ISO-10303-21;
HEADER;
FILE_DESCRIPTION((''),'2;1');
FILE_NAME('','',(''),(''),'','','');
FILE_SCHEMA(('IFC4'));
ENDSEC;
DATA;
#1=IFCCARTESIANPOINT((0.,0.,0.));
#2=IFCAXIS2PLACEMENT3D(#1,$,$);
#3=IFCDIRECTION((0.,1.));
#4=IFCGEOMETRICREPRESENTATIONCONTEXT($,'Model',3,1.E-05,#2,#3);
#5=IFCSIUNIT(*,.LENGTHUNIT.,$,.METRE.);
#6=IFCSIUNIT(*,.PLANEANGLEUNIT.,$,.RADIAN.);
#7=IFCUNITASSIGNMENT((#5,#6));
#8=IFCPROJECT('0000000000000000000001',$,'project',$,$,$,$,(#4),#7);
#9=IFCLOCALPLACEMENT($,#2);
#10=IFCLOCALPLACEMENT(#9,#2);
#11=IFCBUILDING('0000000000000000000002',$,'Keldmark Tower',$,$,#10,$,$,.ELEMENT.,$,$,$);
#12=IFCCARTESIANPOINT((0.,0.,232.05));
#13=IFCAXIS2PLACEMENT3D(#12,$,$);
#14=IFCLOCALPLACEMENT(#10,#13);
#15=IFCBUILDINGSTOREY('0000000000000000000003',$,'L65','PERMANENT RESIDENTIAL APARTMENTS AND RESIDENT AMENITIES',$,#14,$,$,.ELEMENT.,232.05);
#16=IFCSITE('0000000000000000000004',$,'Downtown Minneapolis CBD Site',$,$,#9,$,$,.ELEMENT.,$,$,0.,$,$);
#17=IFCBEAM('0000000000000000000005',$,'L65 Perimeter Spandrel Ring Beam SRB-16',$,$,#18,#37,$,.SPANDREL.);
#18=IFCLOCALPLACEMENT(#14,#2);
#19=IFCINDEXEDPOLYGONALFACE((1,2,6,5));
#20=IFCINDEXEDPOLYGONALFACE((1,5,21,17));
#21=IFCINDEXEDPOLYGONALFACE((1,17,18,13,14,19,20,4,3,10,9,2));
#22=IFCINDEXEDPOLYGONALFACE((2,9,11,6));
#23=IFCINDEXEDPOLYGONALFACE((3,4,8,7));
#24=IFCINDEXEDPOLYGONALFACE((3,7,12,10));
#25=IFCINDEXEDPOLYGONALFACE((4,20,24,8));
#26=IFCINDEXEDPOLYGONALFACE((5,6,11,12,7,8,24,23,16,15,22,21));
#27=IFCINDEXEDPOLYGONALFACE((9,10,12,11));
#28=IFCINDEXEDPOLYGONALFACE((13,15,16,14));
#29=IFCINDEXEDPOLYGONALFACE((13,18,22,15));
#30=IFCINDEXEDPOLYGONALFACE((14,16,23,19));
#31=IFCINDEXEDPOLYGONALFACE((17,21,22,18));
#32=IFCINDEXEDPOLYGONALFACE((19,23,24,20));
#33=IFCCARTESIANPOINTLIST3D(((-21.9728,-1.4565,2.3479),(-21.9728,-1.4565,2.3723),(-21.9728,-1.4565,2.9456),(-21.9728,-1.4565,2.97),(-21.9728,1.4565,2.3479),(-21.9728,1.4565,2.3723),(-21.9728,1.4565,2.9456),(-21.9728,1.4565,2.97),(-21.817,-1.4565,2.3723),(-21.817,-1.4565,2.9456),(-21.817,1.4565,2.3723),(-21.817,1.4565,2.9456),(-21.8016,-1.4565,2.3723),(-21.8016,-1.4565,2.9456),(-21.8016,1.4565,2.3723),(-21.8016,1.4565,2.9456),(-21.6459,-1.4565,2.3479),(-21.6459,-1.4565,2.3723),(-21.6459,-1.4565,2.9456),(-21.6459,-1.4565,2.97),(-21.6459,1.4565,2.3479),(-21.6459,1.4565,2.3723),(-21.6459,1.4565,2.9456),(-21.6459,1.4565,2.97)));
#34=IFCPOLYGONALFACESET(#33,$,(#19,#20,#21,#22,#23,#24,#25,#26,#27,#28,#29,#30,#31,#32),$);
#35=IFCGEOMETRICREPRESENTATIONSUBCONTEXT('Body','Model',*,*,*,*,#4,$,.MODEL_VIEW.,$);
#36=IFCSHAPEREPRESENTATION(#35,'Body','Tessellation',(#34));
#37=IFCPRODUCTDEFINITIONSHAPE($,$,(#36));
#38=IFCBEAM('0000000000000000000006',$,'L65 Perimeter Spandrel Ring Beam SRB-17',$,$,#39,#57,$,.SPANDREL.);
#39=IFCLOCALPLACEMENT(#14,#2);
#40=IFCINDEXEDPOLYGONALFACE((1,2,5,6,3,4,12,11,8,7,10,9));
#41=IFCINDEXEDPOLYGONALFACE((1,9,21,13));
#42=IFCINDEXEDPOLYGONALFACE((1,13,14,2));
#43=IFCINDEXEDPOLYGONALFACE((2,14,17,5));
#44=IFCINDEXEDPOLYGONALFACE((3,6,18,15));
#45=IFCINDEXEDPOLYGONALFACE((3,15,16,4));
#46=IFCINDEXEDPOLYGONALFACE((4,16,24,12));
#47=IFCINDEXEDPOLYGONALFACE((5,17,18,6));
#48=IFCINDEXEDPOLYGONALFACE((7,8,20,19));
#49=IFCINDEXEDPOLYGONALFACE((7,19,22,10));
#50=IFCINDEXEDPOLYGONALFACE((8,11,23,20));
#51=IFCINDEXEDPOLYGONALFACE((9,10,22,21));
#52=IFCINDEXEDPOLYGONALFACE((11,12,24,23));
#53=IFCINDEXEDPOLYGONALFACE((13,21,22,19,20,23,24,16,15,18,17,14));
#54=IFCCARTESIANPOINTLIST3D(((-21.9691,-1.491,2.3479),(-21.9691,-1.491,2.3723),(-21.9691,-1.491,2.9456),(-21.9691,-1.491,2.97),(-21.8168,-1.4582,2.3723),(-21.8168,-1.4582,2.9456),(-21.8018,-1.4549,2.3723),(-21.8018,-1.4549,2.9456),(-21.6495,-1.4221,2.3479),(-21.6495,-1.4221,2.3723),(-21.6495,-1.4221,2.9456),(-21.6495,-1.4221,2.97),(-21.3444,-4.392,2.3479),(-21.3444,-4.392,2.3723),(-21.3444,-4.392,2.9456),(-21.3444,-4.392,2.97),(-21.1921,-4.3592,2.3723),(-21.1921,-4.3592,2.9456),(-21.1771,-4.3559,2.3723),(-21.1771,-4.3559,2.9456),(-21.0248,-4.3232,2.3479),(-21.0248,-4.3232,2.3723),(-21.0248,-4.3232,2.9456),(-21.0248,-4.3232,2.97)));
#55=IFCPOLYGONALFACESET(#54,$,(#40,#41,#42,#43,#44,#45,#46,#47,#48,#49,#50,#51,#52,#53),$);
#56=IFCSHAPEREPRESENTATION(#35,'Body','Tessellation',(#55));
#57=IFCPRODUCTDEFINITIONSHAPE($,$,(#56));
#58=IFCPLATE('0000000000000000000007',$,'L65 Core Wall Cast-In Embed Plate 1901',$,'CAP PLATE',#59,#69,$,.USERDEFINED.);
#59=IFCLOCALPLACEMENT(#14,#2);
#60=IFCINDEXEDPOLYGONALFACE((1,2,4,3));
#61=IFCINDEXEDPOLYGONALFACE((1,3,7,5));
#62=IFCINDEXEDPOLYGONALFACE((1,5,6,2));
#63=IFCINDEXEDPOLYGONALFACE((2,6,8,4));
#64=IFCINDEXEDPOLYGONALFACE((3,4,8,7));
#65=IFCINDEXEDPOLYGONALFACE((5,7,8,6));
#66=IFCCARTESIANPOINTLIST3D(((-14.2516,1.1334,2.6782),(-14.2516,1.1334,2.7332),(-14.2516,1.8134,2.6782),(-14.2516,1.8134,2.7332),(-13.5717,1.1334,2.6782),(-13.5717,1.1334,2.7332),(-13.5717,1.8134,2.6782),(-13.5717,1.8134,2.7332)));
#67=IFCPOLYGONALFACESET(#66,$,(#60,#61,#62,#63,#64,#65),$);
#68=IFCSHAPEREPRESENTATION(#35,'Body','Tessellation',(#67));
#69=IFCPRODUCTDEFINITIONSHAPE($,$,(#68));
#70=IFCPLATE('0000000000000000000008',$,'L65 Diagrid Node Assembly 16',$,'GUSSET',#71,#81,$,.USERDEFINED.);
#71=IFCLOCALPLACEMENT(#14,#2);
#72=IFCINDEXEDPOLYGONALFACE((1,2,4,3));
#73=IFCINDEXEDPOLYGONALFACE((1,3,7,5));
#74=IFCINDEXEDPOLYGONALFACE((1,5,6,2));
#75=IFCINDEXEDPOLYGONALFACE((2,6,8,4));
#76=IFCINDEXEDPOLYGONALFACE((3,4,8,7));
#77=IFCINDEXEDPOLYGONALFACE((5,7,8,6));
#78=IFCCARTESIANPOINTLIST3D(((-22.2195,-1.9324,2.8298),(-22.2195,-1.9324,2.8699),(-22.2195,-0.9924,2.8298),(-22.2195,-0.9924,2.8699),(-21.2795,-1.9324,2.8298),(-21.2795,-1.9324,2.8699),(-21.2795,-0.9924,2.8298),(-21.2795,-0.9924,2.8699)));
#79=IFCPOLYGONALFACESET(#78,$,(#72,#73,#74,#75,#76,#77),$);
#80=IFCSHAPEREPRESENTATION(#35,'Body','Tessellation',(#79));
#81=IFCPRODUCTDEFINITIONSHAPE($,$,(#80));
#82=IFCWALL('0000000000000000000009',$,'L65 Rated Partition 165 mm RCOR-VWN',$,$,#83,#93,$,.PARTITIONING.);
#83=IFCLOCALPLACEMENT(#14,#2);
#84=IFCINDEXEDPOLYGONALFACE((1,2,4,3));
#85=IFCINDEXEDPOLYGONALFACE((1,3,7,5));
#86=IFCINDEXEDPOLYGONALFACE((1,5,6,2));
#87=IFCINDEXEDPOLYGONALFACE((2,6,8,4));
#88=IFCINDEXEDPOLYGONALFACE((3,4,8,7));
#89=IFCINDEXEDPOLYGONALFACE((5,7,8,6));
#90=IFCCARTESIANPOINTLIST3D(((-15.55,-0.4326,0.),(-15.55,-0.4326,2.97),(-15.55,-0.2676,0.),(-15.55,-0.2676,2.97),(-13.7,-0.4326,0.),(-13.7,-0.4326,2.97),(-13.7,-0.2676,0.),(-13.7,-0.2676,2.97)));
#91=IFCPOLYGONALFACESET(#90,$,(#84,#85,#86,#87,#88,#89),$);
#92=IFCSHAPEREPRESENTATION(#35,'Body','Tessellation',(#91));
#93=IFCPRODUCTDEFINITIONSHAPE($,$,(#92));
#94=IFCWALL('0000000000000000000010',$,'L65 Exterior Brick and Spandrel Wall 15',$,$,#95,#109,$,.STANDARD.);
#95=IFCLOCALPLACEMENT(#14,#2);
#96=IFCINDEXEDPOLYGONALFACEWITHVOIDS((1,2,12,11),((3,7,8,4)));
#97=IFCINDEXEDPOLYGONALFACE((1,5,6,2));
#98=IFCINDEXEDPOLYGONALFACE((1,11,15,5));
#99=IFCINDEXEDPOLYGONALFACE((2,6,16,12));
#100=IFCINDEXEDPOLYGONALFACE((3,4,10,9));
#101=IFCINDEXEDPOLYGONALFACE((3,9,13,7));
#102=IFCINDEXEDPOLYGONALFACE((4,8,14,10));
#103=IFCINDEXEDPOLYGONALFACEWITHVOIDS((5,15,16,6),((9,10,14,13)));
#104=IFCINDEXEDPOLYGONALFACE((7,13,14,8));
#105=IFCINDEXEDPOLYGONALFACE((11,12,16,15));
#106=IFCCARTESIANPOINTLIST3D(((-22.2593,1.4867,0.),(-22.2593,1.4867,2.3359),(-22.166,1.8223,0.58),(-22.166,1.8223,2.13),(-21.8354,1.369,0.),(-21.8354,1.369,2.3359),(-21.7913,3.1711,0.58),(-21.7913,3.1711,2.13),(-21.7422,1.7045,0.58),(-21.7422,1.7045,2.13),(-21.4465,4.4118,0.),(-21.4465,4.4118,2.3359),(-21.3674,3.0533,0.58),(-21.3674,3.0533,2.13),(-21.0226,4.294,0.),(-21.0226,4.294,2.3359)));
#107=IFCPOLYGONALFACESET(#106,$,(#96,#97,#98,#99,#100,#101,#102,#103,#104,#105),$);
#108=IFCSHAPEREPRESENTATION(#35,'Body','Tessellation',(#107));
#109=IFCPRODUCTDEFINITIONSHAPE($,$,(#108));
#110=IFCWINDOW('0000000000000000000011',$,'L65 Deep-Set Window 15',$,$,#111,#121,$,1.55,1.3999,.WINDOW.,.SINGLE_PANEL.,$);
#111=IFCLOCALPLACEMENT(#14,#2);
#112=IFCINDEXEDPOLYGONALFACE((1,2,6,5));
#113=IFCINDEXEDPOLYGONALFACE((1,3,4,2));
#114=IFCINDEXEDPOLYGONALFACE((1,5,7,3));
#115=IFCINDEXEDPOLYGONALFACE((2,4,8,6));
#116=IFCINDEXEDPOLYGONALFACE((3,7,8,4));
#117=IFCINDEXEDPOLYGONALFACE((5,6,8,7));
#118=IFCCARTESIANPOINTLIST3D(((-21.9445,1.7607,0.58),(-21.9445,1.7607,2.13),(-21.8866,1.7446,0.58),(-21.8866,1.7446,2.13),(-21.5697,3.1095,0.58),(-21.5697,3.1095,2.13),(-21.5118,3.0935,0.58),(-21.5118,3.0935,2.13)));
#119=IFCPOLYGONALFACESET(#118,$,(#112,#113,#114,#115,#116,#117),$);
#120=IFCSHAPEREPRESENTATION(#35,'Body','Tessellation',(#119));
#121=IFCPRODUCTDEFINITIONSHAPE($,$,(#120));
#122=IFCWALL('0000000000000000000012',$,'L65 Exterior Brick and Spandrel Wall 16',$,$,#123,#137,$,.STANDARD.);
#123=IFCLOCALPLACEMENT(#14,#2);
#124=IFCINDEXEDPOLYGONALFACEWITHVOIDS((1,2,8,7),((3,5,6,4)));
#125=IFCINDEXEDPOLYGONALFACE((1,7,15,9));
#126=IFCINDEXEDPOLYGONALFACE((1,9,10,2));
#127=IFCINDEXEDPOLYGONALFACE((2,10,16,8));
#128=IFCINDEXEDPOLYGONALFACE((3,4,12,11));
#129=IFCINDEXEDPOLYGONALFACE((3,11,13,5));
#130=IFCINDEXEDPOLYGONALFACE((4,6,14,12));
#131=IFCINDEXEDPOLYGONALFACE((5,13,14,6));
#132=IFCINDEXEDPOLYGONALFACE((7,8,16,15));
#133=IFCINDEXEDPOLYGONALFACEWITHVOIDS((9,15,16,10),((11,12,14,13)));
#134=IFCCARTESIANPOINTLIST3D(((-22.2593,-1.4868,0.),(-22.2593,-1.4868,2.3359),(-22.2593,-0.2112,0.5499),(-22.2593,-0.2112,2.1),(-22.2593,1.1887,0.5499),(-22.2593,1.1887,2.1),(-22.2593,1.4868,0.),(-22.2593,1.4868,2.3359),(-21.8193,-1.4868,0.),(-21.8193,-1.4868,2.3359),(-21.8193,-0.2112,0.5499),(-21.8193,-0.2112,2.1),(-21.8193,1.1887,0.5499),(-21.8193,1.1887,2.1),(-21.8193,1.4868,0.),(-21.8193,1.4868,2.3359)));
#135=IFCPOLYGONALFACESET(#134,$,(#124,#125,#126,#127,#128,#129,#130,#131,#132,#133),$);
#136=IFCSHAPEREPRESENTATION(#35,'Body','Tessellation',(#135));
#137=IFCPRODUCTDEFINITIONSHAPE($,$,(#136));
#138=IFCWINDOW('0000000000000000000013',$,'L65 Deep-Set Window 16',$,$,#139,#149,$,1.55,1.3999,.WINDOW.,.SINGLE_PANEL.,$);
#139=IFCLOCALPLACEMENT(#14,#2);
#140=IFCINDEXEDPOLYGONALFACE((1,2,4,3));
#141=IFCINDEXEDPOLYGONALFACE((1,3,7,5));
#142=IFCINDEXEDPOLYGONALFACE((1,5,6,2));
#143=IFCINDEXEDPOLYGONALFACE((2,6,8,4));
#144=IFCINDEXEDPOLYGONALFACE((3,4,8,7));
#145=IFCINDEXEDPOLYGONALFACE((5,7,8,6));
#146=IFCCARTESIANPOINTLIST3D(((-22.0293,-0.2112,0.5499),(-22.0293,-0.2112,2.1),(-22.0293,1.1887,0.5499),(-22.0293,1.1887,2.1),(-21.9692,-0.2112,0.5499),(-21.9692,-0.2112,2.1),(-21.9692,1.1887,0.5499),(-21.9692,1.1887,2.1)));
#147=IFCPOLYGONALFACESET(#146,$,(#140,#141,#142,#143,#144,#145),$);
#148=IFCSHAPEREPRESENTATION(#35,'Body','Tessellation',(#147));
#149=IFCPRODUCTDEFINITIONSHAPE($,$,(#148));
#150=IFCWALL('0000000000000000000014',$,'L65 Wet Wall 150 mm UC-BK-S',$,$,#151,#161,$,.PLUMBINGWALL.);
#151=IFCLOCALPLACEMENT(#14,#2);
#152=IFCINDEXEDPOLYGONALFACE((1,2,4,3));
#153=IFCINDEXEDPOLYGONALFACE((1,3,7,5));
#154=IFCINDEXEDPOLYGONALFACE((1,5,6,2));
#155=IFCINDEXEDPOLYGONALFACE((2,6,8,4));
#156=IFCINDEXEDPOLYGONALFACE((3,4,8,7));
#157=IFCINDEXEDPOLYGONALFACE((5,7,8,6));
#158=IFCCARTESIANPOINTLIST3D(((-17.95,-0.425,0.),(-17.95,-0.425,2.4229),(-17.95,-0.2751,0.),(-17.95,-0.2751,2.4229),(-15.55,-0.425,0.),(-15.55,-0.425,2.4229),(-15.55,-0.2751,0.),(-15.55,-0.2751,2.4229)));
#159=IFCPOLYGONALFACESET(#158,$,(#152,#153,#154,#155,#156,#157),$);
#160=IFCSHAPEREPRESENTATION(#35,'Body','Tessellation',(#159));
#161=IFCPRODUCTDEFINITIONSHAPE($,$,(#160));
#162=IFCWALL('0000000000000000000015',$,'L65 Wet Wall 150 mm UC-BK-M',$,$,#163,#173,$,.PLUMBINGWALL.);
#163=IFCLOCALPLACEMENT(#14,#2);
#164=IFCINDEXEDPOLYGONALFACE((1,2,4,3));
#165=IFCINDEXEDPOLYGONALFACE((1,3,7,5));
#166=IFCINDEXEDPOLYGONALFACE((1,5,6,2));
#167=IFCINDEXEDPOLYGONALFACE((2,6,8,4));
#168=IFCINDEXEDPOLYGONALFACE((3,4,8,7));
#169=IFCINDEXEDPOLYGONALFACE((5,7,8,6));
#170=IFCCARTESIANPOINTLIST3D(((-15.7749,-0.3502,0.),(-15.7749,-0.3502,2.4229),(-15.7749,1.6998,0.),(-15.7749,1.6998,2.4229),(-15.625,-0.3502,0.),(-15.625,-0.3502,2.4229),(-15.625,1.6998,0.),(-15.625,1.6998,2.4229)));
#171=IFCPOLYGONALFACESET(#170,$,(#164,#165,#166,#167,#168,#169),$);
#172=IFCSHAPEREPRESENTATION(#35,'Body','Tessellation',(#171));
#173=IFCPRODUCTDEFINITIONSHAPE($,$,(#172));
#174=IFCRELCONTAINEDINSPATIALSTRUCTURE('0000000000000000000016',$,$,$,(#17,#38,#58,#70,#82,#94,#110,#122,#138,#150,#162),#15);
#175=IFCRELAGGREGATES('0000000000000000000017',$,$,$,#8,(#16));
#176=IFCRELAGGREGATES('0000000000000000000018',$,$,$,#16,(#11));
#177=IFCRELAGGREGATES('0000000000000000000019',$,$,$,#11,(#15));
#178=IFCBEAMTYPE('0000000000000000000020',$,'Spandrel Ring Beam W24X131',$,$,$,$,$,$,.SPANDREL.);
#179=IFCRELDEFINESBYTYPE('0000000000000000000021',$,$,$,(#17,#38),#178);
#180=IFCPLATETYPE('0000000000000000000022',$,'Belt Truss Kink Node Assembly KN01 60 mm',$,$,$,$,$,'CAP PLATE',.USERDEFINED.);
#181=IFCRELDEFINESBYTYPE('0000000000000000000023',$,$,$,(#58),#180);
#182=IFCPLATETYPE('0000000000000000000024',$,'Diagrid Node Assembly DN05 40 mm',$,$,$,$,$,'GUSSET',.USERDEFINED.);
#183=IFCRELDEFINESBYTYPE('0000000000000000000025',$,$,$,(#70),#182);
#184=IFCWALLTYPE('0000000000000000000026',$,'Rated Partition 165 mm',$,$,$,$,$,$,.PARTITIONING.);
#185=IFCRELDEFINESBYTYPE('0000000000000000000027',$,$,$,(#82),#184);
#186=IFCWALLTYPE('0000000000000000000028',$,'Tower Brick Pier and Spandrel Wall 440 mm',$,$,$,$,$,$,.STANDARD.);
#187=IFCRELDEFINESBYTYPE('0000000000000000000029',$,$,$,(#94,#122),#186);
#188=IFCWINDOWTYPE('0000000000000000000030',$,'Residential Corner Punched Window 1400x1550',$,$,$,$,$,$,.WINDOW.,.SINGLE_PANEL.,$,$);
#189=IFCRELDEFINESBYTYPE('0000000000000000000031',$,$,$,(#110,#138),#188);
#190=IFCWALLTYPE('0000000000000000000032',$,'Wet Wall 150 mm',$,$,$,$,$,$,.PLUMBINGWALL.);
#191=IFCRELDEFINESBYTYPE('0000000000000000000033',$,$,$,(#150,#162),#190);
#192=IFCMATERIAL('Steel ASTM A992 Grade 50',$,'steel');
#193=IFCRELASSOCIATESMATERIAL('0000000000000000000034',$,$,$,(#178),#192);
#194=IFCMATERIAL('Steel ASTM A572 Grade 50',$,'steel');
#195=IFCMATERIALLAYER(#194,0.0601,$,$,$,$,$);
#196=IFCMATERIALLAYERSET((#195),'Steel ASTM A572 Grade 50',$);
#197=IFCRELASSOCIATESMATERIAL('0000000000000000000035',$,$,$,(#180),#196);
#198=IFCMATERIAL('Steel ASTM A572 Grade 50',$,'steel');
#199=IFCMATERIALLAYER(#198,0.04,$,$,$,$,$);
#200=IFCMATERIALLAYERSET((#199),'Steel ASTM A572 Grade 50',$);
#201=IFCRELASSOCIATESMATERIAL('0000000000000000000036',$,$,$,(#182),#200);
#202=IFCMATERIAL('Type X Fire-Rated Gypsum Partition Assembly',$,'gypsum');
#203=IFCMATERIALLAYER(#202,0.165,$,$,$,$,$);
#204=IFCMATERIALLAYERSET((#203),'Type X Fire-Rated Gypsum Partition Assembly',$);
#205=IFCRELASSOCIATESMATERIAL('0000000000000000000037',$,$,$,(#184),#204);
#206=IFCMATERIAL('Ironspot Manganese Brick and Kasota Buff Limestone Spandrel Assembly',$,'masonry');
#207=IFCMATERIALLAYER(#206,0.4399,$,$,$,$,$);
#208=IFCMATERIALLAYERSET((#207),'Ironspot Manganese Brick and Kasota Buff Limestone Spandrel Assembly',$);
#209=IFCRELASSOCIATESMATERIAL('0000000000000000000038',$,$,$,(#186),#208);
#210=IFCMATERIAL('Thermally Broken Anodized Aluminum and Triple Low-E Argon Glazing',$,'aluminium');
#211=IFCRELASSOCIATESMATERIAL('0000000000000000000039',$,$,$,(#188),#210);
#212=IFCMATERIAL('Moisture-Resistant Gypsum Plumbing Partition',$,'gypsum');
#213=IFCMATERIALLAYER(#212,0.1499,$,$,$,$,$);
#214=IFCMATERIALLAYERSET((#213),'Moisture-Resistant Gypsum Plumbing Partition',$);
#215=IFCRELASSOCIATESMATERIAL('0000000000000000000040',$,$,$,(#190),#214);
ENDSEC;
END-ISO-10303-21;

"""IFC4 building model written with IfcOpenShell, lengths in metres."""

from ifc_helpers import new_model, si_unit, direction, frame, frame_2d, origin, origin_2d, place, context, subcontext, project, spatial, rectangle, i_section, extrude, material, layer, layer_set, material_profile, profile_set, type_object, element, fill, save


model = new_model("IFC4")

# Units and contexts
model_context = context("Model", 3, precision=1e-05, world=origin(), true_north=direction((0.0, 1.0)))
body_context = subcontext(model_context, "Body", "Model", "MODEL_VIEW")
ifc_project = project(units=[si_unit("LENGTHUNIT", "METRE"), si_unit("PLANEANGLEUNIT", "RADIAN")], contexts=[model_context])

# Site, building, storey
site_placement = place(None, origin())
site = spatial("IfcSite", under=ifc_project, at=site_placement, Name="Downtown Minneapolis CBD Site", CompositionType="ELEMENT", RefElevation=0.0)
building_placement = place(site_placement, origin())
building = spatial("IfcBuilding", under=site, at=building_placement, Name="Keldmark Tower", CompositionType="ELEMENT")
storey_placement = place(building_placement, frame((0.0, 0.0, 232.05)))
storey = spatial("IfcBuildingStorey", under=building, at=storey_placement, Name="L65", Description="PERMANENT RESIDENTIAL APARTMENTS AND RESIDENT AMENITIES", CompositionType="ELEMENT", Elevation=232.05)

# Beams
ifc_material_1 = material(Name="Steel ASTM A992 Grade 50", Category="steel")
ifc_material_profile_1 = material_profile(ifc_material_1, i_section(OverallWidth=0.3269, OverallDepth=0.6221, WebThickness=0.0154, FlangeThickness=0.0244, at=origin_2d()), Name="W24X131")
ifc_profile_set_1 = profile_set([ifc_material_profile_1], Name="Steel ASTM A992 Grade 50")
beam_type_1 = type_object("IfcBeamType", Name="Spandrel Ring Beam W24X131", PredefinedType="SPANDREL", material=ifc_profile_set_1)
beam_1_placement = place(storey_placement, frame((-21.8093, 1.4565, 2.6589), z_axis=(0.0, -1.0, 0.0), x_axis=(1.0, 0.0, 0.0)))
element("IfcBeam", 1, at=beam_1_placement, inside=storey, type_object=beam_type_1, Name="L65 Perimeter Spandrel Ring Beam SRB-16", PredefinedType="SPANDREL", context=body_context, shape_type="SweptSolid", body=[
    extrude(i_section(OverallWidth=0.3269, OverallDepth=0.6221, WebThickness=0.0154, FlangeThickness=0.0244, at=origin_2d()), origin(), (0.0, 0.0, 1.0), 2.9131),
])
beam_2_placement = place(storey_placement, frame((-21.8093, -1.4565, 2.6589), z_axis=(0.210523, -0.977589, 0.0), x_axis=(0.977589, 0.210523, 0.0)))
element("IfcBeam", 2, at=beam_2_placement, inside=storey, type_object=beam_type_1, Name="L65 Perimeter Spandrel Ring Beam SRB-17", PredefinedType="SPANDREL", context=body_context, shape_type="SweptSolid", body=[
    extrude(i_section(OverallWidth=0.3269, OverallDepth=0.6221, WebThickness=0.0154, FlangeThickness=0.0244, at=origin_2d()), origin(), (0.0, 0.0, 1.0), 2.9675),
])

# Plates
ifc_material_2 = material(Name="Steel ASTM A572 Grade 50", Category="steel")
ifc_layer_1 = layer(ifc_material_2, 0.0601)
ifc_layer_set_1 = layer_set([ifc_layer_1], Name="Steel ASTM A572 Grade 50")
plate_type_1 = type_object("IfcPlateType", Name="Belt Truss Kink Node Assembly KN01 60 mm", ElementType="CAP PLATE", PredefinedType="USERDEFINED", material=ifc_layer_set_1)
plate_1_placement = place(storey_placement, frame((-13.9116, 1.4734, 2.6782), z_axis=(0.0, 0.0, 1.0), x_axis=(1.0, 0.0, 0.0)))
element("IfcPlate", 3, at=plate_1_placement, inside=storey, type_object=plate_type_1, Name="L65 Core Wall Cast-In Embed Plate 1901", ObjectType="CAP PLATE", PredefinedType="USERDEFINED", context=body_context, shape_type="SweptSolid", body=[
    extrude(rectangle(XDim=0.6799, YDim=0.6799, at=origin_2d()), origin(), (0.0, 0.0, 1.0), 0.0549),
])
ifc_material_3 = material(Name="Steel ASTM A572 Grade 50", Category="steel")
ifc_layer_2 = layer(ifc_material_3, 0.04)
ifc_layer_set_2 = layer_set([ifc_layer_2], Name="Steel ASTM A572 Grade 50")
plate_type_2 = type_object("IfcPlateType", Name="Diagrid Node Assembly DN05 40 mm", ElementType="GUSSET", PredefinedType="USERDEFINED", material=ifc_layer_set_2)
plate_2_placement = place(storey_placement, frame((-21.7495, -1.4624, 2.8298), z_axis=(0.0, 0.0, 1.0), x_axis=(0.0, -1.0, 0.0)))
element("IfcPlate", 4, at=plate_2_placement, inside=storey, type_object=plate_type_2, Name="L65 Diagrid Node Assembly 16", ObjectType="GUSSET", PredefinedType="USERDEFINED", context=body_context, shape_type="SweptSolid", body=[
    extrude(rectangle(XDim=0.9399, YDim=0.9399, at=origin_2d()), origin(), (0.0, 0.0, 1.0), 0.04),
])

# Wall
ifc_material_4 = material(Name="Type X Fire-Rated Gypsum Partition Assembly", Category="gypsum")
ifc_layer_3 = layer(ifc_material_4, 0.165)
ifc_layer_set_3 = layer_set([ifc_layer_3], Name="Type X Fire-Rated Gypsum Partition Assembly")
wall_type_1 = type_object("IfcWallType", Name="Rated Partition 165 mm", PredefinedType="PARTITIONING", material=ifc_layer_set_3)
wall_1_placement = place(storey_placement, frame((-15.55, -0.3501, 0.0), z_axis=(0.0, 0.0, 1.0), x_axis=(1.0, 0.0, 0.0)))
element("IfcWall", 5, at=wall_1_placement, inside=storey, type_object=wall_type_1, Name="L65 Rated Partition 165 mm RCOR-VWN", PredefinedType="PARTITIONING", context=body_context, shape_type="SweptSolid", body=[
    extrude(rectangle(XDim=1.8501, YDim=0.165, at=frame_2d((0.925, 0.0))), origin(), (0.0, 0.0, 1.0), 2.97),
])

# Walls, openings, windows
ifc_material_5 = material(Name="Ironspot Manganese Brick and Kasota Buff Limestone Spandrel Assembly", Category="masonry")
ifc_layer_4 = layer(ifc_material_5, 0.4399)
ifc_layer_set_4 = layer_set([ifc_layer_4], Name="Ironspot Manganese Brick and Kasota Buff Limestone Spandrel Assembly")
wall_type_2 = type_object("IfcWallType", Name="Tower Brick Pier and Spandrel Wall 440 mm", PredefinedType="STANDARD", material=ifc_layer_set_4)
wall_2_placement = place(storey_placement, frame((-22.0474, 1.4277, 0.0), z_axis=(0.0, 0.0, 1.0), x_axis=(0.267714, 0.963498, 0.0)))
wall_2 = element("IfcWall", 6, at=wall_2_placement, inside=storey, type_object=wall_type_2, Name="L65 Exterior Brick and Spandrel Wall 15", PredefinedType="STANDARD", context=body_context, shape_type="SweptSolid", body=[
    extrude(rectangle(XDim=3.0359, YDim=0.4399, at=frame_2d((1.5181, 0.0))), origin(), (0.0, 0.0, 1.0), 2.3359),
])
opening_1_placement = place(wall_2_placement, frame((0.3484, 0.0, 0.5801)))
opening_1 = element("IfcOpeningElement", 7, at=opening_1_placement, cuts=wall_2, PredefinedType="OPENING", context=body_context, shape_type="SweptSolid", body=[
    extrude(rectangle(XDim=1.3999, YDim=1.55, at=frame_2d((0.7, 0.7749))), frame((0.0, 0.23, 0.0), z_axis=(0.0, -1.0, 0.0), x_axis=(1.0, 0.0, 0.0)), (0.0, 0.0, 1.0), 0.46),
])
ifc_material_6 = material(Name="Thermally Broken Anodized Aluminum and Triple Low-E Argon Glazing", Category="aluminium")
window_type = type_object("IfcWindowType", Name="Residential Corner Punched Window 1400x1550", PartitioningType="SINGLE_PANEL", PredefinedType="WINDOW", material=ifc_material_6)
window_1_placement = place(opening_1_placement, origin())
window_1 = element("IfcWindow", 8, at=window_1_placement, inside=storey, type_object=window_type, Name="L65 Deep-Set Window 15", OverallHeight=1.55, OverallWidth=1.3999, PartitioningType="SINGLE_PANEL", PredefinedType="WINDOW", context=body_context, shape_type="SweptSolid", body=[
    extrude(rectangle(XDim=1.3999, YDim=1.55, at=frame_2d((0.7, 0.7749))), frame((0.0, -0.01, 0.0), z_axis=(0.0, -1.0, 0.0), x_axis=(1.0, 0.0, 0.0)), (0.0, 0.0, 1.0), 0.0601),
])
fill(opening_1, window_1)
wall_3_placement = place(storey_placement, frame((-22.0393, -1.4868, 0.0), z_axis=(0.0, 0.0, 1.0), x_axis=(0.0, 1.0, 0.0)))
wall_3 = element("IfcWall", 9, at=wall_3_placement, inside=storey, type_object=wall_type_2, Name="L65 Exterior Brick and Spandrel Wall 16", PredefinedType="STANDARD", context=body_context, shape_type="SweptSolid", body=[
    extrude(rectangle(XDim=2.9736, YDim=0.4399, at=frame_2d((1.4868, 0.0))), origin(), (0.0, 0.0, 1.0), 2.3359),
])
opening_2_placement = place(wall_3_placement, frame((1.2756, 0.0, 0.55)))
opening_2 = element("IfcOpeningElement", 10, at=opening_2_placement, cuts=wall_3, PredefinedType="OPENING", context=body_context, shape_type="SweptSolid", body=[
    extrude(rectangle(XDim=1.3999, YDim=1.55, at=frame_2d((0.7, 0.7749))), frame((0.0, 0.23, 0.0), z_axis=(0.0, -1.0, 0.0), x_axis=(1.0, 0.0, 0.0)), (0.0, 0.0, 1.0), 0.46),
])
window_2_placement = place(opening_2_placement, origin())
window_2 = element("IfcWindow", 11, at=window_2_placement, inside=storey, type_object=window_type, Name="L65 Deep-Set Window 16", OverallHeight=1.55, OverallWidth=1.3999, PartitioningType="SINGLE_PANEL", PredefinedType="WINDOW", context=body_context, shape_type="SweptSolid", body=[
    extrude(rectangle(XDim=1.3999, YDim=1.55, at=frame_2d((0.7, 0.7749))), frame((0.0, -0.01, 0.0), z_axis=(0.0, -1.0, 0.0), x_axis=(1.0, 0.0, 0.0)), (0.0, 0.0, 1.0), 0.0601),
])
fill(opening_2, window_2)

# Walls
ifc_material_7 = material(Name="Moisture-Resistant Gypsum Plumbing Partition", Category="gypsum")
ifc_layer_5 = layer(ifc_material_7, 0.1499)
ifc_layer_set_5 = layer_set([ifc_layer_5], Name="Moisture-Resistant Gypsum Plumbing Partition")
wall_type_3 = type_object("IfcWallType", Name="Wet Wall 150 mm", PredefinedType="PLUMBINGWALL", material=ifc_layer_set_5)
wall_4_placement = place(storey_placement, frame((-17.95, -0.3501, 0.0), z_axis=(0.0, 0.0, 1.0), x_axis=(1.0, 0.0, 0.0)))
element("IfcWall", 12, at=wall_4_placement, inside=storey, type_object=wall_type_3, Name="L65 Wet Wall 150 mm UC-BK-S", PredefinedType="PLUMBINGWALL", context=body_context, shape_type="SweptSolid", body=[
    extrude(rectangle(XDim=2.3999, YDim=0.1499, at=frame_2d((1.2, 0.0))), origin(), (0.0, 0.0, 1.0), 2.4229),
])
for number, where, z_axis, x_axis, name in (
    (13, (-15.7, -0.3501, 0.0), (0.0, 0.0, 1.0), (0.0, 1.0, 0.0), "L65 Wet Wall 150 mm UC-BK-M"),
):
    element("IfcWall", number, at=place(storey_placement, frame(where, z_axis=z_axis, x_axis=x_axis)), inside=storey, type_object=wall_type_3, Name=name, PredefinedType="PLUMBINGWALL", context=body_context, shape_type="SweptSolid", body=[
        extrude(rectangle(XDim=2.05, YDim=0.1499, at=frame_2d((1.0249, 0.0))), origin(), (0.0, 0.0, 1.0), 2.4229),
    ])

save(model, "model.ifc")
